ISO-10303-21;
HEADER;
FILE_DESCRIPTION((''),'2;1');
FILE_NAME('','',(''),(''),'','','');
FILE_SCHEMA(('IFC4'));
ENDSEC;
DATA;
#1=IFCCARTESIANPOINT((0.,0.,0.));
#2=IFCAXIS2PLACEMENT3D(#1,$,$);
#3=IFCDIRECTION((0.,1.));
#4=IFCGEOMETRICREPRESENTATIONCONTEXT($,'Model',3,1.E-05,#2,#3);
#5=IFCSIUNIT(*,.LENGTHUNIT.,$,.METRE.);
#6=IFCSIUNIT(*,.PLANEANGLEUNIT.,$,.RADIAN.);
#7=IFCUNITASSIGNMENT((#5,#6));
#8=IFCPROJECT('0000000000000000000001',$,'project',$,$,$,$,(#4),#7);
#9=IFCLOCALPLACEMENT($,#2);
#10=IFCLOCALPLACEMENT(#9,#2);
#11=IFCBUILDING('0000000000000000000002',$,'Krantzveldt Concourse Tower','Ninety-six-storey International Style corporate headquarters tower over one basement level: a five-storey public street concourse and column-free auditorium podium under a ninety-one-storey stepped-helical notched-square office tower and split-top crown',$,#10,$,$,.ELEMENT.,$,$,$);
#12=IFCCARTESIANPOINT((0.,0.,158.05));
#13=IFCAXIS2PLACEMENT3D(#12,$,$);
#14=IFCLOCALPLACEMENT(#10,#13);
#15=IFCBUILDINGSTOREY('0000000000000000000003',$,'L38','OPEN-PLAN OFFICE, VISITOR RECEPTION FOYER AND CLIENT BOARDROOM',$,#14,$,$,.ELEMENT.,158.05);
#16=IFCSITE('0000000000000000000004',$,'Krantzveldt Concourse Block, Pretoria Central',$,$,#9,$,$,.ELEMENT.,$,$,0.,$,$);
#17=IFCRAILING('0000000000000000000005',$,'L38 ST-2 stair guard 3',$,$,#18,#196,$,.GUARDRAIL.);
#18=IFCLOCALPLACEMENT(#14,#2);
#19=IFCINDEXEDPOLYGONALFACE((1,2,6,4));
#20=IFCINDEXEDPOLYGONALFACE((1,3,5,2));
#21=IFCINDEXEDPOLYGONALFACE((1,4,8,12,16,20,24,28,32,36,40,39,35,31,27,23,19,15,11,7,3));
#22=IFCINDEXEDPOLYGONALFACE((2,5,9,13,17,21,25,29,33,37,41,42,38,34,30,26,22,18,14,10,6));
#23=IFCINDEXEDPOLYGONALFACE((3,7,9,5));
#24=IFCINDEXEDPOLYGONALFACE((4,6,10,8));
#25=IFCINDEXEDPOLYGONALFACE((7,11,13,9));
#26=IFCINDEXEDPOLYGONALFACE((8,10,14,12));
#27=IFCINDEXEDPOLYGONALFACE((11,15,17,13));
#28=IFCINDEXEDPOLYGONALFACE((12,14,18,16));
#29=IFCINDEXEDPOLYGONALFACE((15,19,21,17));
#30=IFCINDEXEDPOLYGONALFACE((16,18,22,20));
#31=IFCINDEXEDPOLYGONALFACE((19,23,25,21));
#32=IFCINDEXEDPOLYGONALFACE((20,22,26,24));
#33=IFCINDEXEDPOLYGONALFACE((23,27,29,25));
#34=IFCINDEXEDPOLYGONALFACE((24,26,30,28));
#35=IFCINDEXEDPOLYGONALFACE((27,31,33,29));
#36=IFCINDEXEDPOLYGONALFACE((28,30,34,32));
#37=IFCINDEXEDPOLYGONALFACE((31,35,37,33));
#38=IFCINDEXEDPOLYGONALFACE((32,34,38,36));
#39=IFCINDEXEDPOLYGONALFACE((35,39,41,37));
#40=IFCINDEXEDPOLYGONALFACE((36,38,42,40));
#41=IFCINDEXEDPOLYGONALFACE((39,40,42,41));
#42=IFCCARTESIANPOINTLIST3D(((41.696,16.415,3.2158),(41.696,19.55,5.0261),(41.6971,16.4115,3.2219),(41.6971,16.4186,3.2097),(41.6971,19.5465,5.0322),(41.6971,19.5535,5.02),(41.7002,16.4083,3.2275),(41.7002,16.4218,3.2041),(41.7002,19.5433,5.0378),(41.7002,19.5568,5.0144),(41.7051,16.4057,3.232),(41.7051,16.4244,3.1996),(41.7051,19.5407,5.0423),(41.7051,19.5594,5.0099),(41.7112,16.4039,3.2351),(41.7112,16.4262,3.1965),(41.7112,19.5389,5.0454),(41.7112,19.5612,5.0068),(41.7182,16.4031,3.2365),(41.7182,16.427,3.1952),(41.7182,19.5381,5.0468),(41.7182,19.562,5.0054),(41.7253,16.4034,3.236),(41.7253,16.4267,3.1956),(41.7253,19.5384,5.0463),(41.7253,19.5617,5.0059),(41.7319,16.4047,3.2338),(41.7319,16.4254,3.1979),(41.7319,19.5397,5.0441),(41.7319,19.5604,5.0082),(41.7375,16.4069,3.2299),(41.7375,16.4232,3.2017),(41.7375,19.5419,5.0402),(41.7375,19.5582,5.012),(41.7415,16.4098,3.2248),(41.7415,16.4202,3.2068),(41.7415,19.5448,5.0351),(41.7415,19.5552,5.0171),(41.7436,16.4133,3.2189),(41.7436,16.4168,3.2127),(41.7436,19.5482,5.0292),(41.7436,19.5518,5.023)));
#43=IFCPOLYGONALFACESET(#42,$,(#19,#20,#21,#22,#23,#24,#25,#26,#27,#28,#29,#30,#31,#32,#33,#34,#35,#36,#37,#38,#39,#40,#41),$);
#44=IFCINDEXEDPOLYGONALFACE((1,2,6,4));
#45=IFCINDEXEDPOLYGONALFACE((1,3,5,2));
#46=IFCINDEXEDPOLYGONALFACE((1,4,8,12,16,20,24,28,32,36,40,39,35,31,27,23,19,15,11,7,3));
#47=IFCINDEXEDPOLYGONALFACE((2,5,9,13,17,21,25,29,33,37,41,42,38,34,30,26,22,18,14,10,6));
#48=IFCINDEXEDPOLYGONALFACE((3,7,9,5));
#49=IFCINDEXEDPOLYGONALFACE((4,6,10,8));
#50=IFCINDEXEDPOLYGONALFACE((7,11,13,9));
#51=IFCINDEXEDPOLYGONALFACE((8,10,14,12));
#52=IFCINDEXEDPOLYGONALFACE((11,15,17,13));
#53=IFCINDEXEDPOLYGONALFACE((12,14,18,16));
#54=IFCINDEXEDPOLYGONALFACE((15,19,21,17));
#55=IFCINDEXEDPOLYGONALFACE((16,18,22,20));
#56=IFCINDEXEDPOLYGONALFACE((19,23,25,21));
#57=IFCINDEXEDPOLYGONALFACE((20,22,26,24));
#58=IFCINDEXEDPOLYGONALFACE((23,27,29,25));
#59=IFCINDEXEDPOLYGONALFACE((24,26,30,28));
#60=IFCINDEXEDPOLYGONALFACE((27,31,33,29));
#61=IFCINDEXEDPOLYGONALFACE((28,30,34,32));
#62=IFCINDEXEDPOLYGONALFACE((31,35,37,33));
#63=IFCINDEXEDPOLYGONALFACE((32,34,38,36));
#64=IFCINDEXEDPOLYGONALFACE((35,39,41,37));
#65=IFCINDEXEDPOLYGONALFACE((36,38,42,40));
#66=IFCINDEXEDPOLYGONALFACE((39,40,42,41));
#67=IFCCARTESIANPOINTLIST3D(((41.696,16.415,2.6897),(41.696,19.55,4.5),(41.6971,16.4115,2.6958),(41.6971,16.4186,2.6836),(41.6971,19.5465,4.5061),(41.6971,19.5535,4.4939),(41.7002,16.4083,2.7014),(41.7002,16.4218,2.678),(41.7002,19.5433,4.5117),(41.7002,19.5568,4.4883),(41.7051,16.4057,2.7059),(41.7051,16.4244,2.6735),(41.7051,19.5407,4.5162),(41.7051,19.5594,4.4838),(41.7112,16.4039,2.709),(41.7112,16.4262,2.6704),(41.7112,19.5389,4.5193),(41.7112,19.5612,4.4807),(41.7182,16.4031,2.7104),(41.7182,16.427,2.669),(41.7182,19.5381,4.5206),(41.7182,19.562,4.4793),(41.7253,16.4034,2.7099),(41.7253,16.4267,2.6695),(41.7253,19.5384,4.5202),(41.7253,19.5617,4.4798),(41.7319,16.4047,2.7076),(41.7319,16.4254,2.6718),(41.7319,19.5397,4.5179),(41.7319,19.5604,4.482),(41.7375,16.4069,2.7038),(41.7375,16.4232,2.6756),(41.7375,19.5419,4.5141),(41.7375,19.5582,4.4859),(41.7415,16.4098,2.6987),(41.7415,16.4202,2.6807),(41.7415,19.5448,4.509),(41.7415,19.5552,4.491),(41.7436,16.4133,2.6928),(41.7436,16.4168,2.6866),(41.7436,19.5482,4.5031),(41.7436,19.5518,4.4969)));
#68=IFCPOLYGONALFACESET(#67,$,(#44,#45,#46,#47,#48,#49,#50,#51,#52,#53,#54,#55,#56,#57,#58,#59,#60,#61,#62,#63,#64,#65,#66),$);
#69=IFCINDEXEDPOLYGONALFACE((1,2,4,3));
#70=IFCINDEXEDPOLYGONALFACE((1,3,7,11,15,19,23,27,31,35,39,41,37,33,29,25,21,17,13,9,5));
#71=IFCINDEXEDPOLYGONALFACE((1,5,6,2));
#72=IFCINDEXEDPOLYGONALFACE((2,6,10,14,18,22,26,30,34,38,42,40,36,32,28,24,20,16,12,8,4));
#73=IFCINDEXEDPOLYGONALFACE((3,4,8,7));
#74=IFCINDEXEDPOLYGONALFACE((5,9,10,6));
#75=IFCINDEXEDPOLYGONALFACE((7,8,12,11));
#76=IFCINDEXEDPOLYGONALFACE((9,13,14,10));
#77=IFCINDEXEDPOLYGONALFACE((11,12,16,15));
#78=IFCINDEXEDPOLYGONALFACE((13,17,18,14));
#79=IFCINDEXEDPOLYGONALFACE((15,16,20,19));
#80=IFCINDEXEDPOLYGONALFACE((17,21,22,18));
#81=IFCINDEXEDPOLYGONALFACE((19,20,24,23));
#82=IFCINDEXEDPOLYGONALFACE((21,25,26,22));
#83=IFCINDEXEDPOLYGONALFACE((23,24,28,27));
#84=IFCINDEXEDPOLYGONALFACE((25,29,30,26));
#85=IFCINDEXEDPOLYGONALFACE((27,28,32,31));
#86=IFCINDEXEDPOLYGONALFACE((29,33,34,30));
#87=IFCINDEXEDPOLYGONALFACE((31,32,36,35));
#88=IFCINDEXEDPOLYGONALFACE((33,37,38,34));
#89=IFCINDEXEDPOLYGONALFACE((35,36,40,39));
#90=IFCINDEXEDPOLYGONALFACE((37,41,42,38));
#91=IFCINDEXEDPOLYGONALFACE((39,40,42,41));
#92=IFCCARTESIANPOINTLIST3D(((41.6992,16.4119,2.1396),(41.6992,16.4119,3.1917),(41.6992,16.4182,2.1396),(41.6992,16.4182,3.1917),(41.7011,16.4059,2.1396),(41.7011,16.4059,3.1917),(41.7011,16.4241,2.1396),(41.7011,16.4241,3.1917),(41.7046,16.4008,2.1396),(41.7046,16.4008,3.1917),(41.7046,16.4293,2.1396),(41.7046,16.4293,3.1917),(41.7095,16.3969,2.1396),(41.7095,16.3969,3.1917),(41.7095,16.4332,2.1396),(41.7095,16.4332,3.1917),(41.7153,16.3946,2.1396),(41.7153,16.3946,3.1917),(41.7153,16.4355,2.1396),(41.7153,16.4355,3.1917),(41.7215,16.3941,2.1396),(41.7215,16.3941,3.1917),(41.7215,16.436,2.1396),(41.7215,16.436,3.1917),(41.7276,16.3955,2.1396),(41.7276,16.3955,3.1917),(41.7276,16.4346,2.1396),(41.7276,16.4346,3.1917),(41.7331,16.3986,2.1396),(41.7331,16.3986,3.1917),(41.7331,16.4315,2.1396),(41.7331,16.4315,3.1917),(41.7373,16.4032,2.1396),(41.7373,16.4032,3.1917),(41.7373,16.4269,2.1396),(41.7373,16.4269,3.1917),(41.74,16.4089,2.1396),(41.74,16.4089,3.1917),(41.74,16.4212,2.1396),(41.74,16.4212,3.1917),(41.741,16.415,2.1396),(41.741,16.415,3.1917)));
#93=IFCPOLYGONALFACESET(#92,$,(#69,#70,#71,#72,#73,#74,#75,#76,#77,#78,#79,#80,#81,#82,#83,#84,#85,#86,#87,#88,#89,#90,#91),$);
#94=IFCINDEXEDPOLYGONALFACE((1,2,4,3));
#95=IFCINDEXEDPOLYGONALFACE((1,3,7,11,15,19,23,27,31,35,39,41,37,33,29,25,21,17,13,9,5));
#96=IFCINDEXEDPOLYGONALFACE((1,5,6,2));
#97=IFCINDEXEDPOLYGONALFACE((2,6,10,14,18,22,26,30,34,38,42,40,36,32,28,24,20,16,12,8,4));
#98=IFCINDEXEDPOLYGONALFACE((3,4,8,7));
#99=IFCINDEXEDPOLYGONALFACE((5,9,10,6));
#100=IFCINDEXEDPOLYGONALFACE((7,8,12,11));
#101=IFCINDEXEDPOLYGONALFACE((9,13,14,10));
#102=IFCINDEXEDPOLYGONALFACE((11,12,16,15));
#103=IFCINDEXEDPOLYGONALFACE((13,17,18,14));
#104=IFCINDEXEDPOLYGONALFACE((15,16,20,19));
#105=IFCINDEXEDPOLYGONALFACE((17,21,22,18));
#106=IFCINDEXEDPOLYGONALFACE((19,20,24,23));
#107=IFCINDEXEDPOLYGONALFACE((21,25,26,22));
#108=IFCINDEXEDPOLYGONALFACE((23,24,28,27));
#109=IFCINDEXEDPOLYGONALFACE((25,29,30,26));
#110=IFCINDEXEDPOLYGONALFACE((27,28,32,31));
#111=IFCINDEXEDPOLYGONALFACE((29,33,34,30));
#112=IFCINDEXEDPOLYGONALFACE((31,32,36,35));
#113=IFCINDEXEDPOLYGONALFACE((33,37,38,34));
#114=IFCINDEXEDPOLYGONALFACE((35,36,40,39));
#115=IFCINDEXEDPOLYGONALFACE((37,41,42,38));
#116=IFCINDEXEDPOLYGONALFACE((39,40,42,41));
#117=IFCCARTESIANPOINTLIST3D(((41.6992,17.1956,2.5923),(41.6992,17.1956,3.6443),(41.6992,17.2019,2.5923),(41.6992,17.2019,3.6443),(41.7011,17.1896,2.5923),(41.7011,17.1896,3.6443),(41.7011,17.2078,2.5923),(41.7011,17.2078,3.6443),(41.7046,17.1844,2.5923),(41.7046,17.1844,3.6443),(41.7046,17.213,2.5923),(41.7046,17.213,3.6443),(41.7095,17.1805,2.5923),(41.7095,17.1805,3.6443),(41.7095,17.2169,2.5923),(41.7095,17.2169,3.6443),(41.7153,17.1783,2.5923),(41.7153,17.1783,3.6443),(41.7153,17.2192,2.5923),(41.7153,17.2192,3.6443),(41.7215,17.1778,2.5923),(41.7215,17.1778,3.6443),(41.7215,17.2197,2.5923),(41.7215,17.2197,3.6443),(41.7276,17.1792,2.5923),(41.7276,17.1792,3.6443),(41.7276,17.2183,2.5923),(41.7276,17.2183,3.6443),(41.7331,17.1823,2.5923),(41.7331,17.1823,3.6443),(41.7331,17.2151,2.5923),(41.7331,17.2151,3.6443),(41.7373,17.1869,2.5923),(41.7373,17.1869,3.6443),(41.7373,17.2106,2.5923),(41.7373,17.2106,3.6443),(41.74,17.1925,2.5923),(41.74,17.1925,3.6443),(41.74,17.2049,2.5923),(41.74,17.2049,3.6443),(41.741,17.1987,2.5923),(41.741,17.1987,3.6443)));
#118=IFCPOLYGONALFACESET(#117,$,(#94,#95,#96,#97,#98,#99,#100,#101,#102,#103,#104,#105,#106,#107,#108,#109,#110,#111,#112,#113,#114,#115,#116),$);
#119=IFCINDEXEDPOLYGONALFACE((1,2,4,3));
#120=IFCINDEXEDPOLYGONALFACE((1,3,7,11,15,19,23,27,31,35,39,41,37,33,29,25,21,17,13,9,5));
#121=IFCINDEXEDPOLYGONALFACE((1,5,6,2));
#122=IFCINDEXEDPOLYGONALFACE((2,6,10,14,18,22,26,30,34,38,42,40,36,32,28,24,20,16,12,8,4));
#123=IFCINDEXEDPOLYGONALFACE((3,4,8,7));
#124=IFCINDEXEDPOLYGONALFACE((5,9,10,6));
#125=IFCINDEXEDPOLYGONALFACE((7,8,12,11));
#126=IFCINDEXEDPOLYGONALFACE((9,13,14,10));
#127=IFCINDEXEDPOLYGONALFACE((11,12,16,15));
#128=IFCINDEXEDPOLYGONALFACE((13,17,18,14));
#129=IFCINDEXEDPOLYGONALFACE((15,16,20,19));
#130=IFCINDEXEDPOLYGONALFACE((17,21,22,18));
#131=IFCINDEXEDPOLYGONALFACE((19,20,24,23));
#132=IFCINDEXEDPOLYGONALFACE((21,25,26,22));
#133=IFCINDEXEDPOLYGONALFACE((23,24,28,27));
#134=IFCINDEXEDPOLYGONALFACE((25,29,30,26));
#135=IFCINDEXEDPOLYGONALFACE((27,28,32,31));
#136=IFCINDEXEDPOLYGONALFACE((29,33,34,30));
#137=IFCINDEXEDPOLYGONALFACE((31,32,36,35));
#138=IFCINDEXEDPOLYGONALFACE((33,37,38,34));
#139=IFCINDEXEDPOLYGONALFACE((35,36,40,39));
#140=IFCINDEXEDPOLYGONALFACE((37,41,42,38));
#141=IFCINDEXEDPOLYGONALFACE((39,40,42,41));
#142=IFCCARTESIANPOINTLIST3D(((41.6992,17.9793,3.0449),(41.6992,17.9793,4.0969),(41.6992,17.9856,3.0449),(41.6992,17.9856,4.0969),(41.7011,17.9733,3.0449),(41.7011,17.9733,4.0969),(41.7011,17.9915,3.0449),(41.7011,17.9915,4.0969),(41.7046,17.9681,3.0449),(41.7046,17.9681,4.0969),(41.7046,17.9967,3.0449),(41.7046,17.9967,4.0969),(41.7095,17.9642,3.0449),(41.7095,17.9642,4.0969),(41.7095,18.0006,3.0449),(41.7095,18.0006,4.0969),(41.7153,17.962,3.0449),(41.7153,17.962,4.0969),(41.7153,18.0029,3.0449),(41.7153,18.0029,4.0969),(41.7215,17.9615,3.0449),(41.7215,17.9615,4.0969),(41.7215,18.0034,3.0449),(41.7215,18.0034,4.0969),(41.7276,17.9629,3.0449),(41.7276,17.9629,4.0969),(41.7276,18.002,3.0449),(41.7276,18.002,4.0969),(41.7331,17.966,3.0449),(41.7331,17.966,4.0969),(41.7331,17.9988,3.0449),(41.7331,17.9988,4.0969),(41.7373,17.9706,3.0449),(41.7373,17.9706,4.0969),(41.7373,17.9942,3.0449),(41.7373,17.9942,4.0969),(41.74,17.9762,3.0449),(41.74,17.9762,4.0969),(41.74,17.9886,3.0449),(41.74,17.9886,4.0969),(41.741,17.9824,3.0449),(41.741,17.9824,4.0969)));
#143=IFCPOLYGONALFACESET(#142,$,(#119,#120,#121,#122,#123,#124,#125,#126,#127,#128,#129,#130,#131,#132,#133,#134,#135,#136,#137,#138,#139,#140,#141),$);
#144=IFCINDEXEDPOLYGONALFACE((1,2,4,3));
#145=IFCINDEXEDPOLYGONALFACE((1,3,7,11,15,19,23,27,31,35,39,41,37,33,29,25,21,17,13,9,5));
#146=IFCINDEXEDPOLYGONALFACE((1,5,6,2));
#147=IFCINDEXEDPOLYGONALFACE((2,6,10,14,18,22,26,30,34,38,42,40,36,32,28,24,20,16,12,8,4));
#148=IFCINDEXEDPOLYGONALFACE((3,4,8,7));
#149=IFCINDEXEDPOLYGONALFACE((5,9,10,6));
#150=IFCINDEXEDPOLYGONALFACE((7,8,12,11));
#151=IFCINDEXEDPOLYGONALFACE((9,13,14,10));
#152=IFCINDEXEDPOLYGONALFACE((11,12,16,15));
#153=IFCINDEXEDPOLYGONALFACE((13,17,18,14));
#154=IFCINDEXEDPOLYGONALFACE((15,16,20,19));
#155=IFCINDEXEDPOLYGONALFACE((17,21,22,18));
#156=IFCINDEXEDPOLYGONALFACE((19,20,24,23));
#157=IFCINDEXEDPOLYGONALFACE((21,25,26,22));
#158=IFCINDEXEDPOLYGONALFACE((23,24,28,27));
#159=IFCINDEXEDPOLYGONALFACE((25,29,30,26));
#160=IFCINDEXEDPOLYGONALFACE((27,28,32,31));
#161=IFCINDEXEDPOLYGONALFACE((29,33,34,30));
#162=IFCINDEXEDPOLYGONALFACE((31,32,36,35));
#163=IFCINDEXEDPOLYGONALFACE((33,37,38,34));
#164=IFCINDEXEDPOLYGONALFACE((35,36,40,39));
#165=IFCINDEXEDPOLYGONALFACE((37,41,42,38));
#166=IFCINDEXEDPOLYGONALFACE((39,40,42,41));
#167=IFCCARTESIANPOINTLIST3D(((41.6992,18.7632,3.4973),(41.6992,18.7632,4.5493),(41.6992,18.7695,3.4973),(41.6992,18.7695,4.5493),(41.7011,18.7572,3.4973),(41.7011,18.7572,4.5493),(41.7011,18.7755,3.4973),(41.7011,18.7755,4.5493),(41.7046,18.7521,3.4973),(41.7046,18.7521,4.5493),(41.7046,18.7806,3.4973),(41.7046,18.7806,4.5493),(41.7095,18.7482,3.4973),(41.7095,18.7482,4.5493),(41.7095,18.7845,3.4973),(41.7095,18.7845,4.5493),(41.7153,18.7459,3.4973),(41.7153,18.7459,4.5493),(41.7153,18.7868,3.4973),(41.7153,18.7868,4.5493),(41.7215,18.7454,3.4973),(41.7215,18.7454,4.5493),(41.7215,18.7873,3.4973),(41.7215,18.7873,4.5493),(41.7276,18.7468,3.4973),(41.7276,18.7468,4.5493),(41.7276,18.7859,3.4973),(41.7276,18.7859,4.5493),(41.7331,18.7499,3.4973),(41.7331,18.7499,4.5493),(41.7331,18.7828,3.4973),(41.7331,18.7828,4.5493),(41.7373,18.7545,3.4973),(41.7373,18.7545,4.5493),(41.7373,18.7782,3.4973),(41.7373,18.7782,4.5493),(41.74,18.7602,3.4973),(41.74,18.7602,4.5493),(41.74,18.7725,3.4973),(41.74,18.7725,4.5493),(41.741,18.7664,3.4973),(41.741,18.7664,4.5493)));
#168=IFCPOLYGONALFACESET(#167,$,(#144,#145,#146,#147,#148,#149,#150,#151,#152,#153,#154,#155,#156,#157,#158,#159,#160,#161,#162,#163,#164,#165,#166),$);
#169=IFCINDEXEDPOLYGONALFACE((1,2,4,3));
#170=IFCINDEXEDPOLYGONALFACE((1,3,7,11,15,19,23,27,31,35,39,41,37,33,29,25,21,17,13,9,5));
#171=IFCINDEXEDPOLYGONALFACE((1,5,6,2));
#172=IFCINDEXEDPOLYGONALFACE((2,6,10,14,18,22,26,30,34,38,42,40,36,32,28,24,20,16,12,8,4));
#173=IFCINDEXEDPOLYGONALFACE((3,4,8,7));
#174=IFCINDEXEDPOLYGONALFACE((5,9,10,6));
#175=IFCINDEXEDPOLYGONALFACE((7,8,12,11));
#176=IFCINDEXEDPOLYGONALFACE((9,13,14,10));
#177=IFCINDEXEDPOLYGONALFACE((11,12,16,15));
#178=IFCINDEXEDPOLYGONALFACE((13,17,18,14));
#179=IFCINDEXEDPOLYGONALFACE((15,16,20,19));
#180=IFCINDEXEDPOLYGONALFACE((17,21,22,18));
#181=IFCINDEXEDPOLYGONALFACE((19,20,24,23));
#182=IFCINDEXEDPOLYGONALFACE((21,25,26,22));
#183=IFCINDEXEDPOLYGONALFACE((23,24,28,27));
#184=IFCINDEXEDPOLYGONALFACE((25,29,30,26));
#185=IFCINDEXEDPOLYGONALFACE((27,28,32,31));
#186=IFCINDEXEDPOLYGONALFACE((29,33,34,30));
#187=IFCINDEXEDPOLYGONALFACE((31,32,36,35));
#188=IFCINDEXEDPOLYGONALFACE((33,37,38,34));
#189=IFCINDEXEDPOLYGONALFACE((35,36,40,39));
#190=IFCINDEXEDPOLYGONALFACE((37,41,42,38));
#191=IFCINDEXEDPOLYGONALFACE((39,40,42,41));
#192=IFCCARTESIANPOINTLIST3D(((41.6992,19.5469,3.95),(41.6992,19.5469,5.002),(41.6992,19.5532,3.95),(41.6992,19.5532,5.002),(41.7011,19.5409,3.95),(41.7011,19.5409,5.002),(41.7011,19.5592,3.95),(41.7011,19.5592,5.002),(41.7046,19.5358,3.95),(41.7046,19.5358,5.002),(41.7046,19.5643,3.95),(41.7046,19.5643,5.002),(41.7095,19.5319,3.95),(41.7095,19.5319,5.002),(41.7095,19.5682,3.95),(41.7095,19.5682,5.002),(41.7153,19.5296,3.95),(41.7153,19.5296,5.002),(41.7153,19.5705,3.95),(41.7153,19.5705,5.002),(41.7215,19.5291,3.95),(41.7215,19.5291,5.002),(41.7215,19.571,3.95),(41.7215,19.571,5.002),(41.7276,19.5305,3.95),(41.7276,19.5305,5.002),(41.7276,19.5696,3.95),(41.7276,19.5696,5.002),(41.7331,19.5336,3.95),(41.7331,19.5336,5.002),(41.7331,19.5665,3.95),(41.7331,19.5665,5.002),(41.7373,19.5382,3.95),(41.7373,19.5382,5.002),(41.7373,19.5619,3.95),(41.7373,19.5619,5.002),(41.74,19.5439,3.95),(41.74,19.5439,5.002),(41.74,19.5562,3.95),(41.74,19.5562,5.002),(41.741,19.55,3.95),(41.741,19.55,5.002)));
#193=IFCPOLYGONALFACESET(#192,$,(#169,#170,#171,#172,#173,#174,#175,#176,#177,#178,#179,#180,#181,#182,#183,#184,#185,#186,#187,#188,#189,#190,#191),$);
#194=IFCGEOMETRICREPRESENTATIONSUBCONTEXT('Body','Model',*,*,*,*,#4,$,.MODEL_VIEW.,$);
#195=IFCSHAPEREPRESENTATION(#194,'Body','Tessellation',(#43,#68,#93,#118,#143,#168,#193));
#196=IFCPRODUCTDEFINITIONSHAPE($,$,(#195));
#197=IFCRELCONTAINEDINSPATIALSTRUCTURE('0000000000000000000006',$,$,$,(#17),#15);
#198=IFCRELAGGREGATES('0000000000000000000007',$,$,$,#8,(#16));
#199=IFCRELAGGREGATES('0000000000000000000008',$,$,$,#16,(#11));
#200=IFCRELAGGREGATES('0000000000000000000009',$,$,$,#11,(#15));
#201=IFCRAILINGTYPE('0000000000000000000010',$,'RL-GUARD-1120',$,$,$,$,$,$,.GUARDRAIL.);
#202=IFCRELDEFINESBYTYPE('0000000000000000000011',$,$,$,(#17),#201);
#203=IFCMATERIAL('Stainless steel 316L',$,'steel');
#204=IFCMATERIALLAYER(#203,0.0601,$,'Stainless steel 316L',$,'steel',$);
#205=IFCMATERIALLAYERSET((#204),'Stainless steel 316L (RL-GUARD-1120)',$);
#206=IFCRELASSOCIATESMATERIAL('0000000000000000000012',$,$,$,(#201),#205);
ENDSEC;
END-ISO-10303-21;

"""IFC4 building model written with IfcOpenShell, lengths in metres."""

from ifc_helpers import new_model, si_unit, direction, frame, origin, origin_2d, place, context, subcontext, project, spatial, circle, extrude, material, layer, layer_set, type_object, element, save


model = new_model("IFC4")

# Units and contexts
model_context = context("Model", 3, precision=1e-05, world=origin(), true_north=direction((0.0, 1.0)))
body_context = subcontext(model_context, "Body", "Model", "MODEL_VIEW")
ifc_project = project(units=[si_unit("LENGTHUNIT", "METRE"), si_unit("PLANEANGLEUNIT", "RADIAN")], contexts=[model_context])

# Site, building, storey
site_placement = place(None, origin())
site = spatial("IfcSite", under=ifc_project, at=site_placement, Name="Krantzveldt Concourse Block, Pretoria Central", CompositionType="ELEMENT", RefElevation=0.0)
building_placement = place(site_placement, origin())
building = spatial("IfcBuilding", under=site, at=building_placement, Name="Krantzveldt Concourse Tower", Description="Ninety-six-storey International Style corporate headquarters tower over one basement level: a five-storey public street concourse and column-free auditorium podium under a ninety-one-storey stepped-helical notched-square office tower and split-top crown", CompositionType="ELEMENT")
storey_placement = place(building_placement, frame((0.0, 0.0, 158.05)))
storey = spatial("IfcBuildingStorey", under=building, at=storey_placement, Name="L38", Description="OPEN-PLAN OFFICE, VISITOR RECEPTION FOYER AND CLIENT BOARDROOM", CompositionType="ELEMENT", Elevation=158.05)

# Shared definitions
ifc_material_1 = material(Name="Stainless steel 316L", Category="steel")

# Railing
ifc_layer_1 = layer(ifc_material_1, 0.0601, Name="Stainless steel 316L", Category="steel")
ifc_layer_set_1 = layer_set([ifc_layer_1], Name="Stainless steel 316L (RL-GUARD-1120)")
railing_type_1 = type_object("IfcRailingType", Name="RL-GUARD-1120", PredefinedType="GUARDRAIL", material=ifc_layer_set_1)
railing_1_placement = place(storey_placement, frame((41.72, 16.415, 2.1396)))
element("IfcRailing", 1, at=railing_1_placement, inside=storey, type_object=railing_type_1, Name="L38 ST-2 stair guard 3", PredefinedType="GUARDRAIL", context=body_context, shape_type="SweptSolid", body=[
    extrude(circle(Radius=0.0239, at=origin_2d()), frame((0.0, 0.0, 1.0762), z_axis=(0.0, 0.865989, 0.500063), x_axis=(-1.0, 0.0, 0.0)), (0.0, 0.0, 1.0), 3.6201),
    extrude(circle(Radius=0.0239, at=origin_2d()), frame((0.0, 0.0, 0.55), z_axis=(0.0, 0.865989, 0.500063), x_axis=(-1.0, 0.0, 0.0)), (0.0, 0.0, 1.0), 3.6201),
    extrude(circle(Radius=0.021, at=origin_2d()), origin(), (0.0, 0.0, 1.0), 1.052),
    extrude(circle(Radius=0.021, at=origin_2d()), frame((0.0, 0.7837, 0.4526)), (0.0, 0.0, 1.0), 1.052),
    extrude(circle(Radius=0.021, at=origin_2d()), frame((0.0, 1.5674, 0.9053)), (0.0, 0.0, 1.0), 1.052),
    extrude(circle(Radius=0.021, at=origin_2d()), frame((0.0, 2.3513, 1.3577)), (0.0, 0.0, 1.0), 1.052),
    extrude(circle(Radius=0.021, at=origin_2d()), frame((0.0, 3.135, 1.8103)), (0.0, 0.0, 1.0), 1.052),
])

save(model, "model.ifc")
